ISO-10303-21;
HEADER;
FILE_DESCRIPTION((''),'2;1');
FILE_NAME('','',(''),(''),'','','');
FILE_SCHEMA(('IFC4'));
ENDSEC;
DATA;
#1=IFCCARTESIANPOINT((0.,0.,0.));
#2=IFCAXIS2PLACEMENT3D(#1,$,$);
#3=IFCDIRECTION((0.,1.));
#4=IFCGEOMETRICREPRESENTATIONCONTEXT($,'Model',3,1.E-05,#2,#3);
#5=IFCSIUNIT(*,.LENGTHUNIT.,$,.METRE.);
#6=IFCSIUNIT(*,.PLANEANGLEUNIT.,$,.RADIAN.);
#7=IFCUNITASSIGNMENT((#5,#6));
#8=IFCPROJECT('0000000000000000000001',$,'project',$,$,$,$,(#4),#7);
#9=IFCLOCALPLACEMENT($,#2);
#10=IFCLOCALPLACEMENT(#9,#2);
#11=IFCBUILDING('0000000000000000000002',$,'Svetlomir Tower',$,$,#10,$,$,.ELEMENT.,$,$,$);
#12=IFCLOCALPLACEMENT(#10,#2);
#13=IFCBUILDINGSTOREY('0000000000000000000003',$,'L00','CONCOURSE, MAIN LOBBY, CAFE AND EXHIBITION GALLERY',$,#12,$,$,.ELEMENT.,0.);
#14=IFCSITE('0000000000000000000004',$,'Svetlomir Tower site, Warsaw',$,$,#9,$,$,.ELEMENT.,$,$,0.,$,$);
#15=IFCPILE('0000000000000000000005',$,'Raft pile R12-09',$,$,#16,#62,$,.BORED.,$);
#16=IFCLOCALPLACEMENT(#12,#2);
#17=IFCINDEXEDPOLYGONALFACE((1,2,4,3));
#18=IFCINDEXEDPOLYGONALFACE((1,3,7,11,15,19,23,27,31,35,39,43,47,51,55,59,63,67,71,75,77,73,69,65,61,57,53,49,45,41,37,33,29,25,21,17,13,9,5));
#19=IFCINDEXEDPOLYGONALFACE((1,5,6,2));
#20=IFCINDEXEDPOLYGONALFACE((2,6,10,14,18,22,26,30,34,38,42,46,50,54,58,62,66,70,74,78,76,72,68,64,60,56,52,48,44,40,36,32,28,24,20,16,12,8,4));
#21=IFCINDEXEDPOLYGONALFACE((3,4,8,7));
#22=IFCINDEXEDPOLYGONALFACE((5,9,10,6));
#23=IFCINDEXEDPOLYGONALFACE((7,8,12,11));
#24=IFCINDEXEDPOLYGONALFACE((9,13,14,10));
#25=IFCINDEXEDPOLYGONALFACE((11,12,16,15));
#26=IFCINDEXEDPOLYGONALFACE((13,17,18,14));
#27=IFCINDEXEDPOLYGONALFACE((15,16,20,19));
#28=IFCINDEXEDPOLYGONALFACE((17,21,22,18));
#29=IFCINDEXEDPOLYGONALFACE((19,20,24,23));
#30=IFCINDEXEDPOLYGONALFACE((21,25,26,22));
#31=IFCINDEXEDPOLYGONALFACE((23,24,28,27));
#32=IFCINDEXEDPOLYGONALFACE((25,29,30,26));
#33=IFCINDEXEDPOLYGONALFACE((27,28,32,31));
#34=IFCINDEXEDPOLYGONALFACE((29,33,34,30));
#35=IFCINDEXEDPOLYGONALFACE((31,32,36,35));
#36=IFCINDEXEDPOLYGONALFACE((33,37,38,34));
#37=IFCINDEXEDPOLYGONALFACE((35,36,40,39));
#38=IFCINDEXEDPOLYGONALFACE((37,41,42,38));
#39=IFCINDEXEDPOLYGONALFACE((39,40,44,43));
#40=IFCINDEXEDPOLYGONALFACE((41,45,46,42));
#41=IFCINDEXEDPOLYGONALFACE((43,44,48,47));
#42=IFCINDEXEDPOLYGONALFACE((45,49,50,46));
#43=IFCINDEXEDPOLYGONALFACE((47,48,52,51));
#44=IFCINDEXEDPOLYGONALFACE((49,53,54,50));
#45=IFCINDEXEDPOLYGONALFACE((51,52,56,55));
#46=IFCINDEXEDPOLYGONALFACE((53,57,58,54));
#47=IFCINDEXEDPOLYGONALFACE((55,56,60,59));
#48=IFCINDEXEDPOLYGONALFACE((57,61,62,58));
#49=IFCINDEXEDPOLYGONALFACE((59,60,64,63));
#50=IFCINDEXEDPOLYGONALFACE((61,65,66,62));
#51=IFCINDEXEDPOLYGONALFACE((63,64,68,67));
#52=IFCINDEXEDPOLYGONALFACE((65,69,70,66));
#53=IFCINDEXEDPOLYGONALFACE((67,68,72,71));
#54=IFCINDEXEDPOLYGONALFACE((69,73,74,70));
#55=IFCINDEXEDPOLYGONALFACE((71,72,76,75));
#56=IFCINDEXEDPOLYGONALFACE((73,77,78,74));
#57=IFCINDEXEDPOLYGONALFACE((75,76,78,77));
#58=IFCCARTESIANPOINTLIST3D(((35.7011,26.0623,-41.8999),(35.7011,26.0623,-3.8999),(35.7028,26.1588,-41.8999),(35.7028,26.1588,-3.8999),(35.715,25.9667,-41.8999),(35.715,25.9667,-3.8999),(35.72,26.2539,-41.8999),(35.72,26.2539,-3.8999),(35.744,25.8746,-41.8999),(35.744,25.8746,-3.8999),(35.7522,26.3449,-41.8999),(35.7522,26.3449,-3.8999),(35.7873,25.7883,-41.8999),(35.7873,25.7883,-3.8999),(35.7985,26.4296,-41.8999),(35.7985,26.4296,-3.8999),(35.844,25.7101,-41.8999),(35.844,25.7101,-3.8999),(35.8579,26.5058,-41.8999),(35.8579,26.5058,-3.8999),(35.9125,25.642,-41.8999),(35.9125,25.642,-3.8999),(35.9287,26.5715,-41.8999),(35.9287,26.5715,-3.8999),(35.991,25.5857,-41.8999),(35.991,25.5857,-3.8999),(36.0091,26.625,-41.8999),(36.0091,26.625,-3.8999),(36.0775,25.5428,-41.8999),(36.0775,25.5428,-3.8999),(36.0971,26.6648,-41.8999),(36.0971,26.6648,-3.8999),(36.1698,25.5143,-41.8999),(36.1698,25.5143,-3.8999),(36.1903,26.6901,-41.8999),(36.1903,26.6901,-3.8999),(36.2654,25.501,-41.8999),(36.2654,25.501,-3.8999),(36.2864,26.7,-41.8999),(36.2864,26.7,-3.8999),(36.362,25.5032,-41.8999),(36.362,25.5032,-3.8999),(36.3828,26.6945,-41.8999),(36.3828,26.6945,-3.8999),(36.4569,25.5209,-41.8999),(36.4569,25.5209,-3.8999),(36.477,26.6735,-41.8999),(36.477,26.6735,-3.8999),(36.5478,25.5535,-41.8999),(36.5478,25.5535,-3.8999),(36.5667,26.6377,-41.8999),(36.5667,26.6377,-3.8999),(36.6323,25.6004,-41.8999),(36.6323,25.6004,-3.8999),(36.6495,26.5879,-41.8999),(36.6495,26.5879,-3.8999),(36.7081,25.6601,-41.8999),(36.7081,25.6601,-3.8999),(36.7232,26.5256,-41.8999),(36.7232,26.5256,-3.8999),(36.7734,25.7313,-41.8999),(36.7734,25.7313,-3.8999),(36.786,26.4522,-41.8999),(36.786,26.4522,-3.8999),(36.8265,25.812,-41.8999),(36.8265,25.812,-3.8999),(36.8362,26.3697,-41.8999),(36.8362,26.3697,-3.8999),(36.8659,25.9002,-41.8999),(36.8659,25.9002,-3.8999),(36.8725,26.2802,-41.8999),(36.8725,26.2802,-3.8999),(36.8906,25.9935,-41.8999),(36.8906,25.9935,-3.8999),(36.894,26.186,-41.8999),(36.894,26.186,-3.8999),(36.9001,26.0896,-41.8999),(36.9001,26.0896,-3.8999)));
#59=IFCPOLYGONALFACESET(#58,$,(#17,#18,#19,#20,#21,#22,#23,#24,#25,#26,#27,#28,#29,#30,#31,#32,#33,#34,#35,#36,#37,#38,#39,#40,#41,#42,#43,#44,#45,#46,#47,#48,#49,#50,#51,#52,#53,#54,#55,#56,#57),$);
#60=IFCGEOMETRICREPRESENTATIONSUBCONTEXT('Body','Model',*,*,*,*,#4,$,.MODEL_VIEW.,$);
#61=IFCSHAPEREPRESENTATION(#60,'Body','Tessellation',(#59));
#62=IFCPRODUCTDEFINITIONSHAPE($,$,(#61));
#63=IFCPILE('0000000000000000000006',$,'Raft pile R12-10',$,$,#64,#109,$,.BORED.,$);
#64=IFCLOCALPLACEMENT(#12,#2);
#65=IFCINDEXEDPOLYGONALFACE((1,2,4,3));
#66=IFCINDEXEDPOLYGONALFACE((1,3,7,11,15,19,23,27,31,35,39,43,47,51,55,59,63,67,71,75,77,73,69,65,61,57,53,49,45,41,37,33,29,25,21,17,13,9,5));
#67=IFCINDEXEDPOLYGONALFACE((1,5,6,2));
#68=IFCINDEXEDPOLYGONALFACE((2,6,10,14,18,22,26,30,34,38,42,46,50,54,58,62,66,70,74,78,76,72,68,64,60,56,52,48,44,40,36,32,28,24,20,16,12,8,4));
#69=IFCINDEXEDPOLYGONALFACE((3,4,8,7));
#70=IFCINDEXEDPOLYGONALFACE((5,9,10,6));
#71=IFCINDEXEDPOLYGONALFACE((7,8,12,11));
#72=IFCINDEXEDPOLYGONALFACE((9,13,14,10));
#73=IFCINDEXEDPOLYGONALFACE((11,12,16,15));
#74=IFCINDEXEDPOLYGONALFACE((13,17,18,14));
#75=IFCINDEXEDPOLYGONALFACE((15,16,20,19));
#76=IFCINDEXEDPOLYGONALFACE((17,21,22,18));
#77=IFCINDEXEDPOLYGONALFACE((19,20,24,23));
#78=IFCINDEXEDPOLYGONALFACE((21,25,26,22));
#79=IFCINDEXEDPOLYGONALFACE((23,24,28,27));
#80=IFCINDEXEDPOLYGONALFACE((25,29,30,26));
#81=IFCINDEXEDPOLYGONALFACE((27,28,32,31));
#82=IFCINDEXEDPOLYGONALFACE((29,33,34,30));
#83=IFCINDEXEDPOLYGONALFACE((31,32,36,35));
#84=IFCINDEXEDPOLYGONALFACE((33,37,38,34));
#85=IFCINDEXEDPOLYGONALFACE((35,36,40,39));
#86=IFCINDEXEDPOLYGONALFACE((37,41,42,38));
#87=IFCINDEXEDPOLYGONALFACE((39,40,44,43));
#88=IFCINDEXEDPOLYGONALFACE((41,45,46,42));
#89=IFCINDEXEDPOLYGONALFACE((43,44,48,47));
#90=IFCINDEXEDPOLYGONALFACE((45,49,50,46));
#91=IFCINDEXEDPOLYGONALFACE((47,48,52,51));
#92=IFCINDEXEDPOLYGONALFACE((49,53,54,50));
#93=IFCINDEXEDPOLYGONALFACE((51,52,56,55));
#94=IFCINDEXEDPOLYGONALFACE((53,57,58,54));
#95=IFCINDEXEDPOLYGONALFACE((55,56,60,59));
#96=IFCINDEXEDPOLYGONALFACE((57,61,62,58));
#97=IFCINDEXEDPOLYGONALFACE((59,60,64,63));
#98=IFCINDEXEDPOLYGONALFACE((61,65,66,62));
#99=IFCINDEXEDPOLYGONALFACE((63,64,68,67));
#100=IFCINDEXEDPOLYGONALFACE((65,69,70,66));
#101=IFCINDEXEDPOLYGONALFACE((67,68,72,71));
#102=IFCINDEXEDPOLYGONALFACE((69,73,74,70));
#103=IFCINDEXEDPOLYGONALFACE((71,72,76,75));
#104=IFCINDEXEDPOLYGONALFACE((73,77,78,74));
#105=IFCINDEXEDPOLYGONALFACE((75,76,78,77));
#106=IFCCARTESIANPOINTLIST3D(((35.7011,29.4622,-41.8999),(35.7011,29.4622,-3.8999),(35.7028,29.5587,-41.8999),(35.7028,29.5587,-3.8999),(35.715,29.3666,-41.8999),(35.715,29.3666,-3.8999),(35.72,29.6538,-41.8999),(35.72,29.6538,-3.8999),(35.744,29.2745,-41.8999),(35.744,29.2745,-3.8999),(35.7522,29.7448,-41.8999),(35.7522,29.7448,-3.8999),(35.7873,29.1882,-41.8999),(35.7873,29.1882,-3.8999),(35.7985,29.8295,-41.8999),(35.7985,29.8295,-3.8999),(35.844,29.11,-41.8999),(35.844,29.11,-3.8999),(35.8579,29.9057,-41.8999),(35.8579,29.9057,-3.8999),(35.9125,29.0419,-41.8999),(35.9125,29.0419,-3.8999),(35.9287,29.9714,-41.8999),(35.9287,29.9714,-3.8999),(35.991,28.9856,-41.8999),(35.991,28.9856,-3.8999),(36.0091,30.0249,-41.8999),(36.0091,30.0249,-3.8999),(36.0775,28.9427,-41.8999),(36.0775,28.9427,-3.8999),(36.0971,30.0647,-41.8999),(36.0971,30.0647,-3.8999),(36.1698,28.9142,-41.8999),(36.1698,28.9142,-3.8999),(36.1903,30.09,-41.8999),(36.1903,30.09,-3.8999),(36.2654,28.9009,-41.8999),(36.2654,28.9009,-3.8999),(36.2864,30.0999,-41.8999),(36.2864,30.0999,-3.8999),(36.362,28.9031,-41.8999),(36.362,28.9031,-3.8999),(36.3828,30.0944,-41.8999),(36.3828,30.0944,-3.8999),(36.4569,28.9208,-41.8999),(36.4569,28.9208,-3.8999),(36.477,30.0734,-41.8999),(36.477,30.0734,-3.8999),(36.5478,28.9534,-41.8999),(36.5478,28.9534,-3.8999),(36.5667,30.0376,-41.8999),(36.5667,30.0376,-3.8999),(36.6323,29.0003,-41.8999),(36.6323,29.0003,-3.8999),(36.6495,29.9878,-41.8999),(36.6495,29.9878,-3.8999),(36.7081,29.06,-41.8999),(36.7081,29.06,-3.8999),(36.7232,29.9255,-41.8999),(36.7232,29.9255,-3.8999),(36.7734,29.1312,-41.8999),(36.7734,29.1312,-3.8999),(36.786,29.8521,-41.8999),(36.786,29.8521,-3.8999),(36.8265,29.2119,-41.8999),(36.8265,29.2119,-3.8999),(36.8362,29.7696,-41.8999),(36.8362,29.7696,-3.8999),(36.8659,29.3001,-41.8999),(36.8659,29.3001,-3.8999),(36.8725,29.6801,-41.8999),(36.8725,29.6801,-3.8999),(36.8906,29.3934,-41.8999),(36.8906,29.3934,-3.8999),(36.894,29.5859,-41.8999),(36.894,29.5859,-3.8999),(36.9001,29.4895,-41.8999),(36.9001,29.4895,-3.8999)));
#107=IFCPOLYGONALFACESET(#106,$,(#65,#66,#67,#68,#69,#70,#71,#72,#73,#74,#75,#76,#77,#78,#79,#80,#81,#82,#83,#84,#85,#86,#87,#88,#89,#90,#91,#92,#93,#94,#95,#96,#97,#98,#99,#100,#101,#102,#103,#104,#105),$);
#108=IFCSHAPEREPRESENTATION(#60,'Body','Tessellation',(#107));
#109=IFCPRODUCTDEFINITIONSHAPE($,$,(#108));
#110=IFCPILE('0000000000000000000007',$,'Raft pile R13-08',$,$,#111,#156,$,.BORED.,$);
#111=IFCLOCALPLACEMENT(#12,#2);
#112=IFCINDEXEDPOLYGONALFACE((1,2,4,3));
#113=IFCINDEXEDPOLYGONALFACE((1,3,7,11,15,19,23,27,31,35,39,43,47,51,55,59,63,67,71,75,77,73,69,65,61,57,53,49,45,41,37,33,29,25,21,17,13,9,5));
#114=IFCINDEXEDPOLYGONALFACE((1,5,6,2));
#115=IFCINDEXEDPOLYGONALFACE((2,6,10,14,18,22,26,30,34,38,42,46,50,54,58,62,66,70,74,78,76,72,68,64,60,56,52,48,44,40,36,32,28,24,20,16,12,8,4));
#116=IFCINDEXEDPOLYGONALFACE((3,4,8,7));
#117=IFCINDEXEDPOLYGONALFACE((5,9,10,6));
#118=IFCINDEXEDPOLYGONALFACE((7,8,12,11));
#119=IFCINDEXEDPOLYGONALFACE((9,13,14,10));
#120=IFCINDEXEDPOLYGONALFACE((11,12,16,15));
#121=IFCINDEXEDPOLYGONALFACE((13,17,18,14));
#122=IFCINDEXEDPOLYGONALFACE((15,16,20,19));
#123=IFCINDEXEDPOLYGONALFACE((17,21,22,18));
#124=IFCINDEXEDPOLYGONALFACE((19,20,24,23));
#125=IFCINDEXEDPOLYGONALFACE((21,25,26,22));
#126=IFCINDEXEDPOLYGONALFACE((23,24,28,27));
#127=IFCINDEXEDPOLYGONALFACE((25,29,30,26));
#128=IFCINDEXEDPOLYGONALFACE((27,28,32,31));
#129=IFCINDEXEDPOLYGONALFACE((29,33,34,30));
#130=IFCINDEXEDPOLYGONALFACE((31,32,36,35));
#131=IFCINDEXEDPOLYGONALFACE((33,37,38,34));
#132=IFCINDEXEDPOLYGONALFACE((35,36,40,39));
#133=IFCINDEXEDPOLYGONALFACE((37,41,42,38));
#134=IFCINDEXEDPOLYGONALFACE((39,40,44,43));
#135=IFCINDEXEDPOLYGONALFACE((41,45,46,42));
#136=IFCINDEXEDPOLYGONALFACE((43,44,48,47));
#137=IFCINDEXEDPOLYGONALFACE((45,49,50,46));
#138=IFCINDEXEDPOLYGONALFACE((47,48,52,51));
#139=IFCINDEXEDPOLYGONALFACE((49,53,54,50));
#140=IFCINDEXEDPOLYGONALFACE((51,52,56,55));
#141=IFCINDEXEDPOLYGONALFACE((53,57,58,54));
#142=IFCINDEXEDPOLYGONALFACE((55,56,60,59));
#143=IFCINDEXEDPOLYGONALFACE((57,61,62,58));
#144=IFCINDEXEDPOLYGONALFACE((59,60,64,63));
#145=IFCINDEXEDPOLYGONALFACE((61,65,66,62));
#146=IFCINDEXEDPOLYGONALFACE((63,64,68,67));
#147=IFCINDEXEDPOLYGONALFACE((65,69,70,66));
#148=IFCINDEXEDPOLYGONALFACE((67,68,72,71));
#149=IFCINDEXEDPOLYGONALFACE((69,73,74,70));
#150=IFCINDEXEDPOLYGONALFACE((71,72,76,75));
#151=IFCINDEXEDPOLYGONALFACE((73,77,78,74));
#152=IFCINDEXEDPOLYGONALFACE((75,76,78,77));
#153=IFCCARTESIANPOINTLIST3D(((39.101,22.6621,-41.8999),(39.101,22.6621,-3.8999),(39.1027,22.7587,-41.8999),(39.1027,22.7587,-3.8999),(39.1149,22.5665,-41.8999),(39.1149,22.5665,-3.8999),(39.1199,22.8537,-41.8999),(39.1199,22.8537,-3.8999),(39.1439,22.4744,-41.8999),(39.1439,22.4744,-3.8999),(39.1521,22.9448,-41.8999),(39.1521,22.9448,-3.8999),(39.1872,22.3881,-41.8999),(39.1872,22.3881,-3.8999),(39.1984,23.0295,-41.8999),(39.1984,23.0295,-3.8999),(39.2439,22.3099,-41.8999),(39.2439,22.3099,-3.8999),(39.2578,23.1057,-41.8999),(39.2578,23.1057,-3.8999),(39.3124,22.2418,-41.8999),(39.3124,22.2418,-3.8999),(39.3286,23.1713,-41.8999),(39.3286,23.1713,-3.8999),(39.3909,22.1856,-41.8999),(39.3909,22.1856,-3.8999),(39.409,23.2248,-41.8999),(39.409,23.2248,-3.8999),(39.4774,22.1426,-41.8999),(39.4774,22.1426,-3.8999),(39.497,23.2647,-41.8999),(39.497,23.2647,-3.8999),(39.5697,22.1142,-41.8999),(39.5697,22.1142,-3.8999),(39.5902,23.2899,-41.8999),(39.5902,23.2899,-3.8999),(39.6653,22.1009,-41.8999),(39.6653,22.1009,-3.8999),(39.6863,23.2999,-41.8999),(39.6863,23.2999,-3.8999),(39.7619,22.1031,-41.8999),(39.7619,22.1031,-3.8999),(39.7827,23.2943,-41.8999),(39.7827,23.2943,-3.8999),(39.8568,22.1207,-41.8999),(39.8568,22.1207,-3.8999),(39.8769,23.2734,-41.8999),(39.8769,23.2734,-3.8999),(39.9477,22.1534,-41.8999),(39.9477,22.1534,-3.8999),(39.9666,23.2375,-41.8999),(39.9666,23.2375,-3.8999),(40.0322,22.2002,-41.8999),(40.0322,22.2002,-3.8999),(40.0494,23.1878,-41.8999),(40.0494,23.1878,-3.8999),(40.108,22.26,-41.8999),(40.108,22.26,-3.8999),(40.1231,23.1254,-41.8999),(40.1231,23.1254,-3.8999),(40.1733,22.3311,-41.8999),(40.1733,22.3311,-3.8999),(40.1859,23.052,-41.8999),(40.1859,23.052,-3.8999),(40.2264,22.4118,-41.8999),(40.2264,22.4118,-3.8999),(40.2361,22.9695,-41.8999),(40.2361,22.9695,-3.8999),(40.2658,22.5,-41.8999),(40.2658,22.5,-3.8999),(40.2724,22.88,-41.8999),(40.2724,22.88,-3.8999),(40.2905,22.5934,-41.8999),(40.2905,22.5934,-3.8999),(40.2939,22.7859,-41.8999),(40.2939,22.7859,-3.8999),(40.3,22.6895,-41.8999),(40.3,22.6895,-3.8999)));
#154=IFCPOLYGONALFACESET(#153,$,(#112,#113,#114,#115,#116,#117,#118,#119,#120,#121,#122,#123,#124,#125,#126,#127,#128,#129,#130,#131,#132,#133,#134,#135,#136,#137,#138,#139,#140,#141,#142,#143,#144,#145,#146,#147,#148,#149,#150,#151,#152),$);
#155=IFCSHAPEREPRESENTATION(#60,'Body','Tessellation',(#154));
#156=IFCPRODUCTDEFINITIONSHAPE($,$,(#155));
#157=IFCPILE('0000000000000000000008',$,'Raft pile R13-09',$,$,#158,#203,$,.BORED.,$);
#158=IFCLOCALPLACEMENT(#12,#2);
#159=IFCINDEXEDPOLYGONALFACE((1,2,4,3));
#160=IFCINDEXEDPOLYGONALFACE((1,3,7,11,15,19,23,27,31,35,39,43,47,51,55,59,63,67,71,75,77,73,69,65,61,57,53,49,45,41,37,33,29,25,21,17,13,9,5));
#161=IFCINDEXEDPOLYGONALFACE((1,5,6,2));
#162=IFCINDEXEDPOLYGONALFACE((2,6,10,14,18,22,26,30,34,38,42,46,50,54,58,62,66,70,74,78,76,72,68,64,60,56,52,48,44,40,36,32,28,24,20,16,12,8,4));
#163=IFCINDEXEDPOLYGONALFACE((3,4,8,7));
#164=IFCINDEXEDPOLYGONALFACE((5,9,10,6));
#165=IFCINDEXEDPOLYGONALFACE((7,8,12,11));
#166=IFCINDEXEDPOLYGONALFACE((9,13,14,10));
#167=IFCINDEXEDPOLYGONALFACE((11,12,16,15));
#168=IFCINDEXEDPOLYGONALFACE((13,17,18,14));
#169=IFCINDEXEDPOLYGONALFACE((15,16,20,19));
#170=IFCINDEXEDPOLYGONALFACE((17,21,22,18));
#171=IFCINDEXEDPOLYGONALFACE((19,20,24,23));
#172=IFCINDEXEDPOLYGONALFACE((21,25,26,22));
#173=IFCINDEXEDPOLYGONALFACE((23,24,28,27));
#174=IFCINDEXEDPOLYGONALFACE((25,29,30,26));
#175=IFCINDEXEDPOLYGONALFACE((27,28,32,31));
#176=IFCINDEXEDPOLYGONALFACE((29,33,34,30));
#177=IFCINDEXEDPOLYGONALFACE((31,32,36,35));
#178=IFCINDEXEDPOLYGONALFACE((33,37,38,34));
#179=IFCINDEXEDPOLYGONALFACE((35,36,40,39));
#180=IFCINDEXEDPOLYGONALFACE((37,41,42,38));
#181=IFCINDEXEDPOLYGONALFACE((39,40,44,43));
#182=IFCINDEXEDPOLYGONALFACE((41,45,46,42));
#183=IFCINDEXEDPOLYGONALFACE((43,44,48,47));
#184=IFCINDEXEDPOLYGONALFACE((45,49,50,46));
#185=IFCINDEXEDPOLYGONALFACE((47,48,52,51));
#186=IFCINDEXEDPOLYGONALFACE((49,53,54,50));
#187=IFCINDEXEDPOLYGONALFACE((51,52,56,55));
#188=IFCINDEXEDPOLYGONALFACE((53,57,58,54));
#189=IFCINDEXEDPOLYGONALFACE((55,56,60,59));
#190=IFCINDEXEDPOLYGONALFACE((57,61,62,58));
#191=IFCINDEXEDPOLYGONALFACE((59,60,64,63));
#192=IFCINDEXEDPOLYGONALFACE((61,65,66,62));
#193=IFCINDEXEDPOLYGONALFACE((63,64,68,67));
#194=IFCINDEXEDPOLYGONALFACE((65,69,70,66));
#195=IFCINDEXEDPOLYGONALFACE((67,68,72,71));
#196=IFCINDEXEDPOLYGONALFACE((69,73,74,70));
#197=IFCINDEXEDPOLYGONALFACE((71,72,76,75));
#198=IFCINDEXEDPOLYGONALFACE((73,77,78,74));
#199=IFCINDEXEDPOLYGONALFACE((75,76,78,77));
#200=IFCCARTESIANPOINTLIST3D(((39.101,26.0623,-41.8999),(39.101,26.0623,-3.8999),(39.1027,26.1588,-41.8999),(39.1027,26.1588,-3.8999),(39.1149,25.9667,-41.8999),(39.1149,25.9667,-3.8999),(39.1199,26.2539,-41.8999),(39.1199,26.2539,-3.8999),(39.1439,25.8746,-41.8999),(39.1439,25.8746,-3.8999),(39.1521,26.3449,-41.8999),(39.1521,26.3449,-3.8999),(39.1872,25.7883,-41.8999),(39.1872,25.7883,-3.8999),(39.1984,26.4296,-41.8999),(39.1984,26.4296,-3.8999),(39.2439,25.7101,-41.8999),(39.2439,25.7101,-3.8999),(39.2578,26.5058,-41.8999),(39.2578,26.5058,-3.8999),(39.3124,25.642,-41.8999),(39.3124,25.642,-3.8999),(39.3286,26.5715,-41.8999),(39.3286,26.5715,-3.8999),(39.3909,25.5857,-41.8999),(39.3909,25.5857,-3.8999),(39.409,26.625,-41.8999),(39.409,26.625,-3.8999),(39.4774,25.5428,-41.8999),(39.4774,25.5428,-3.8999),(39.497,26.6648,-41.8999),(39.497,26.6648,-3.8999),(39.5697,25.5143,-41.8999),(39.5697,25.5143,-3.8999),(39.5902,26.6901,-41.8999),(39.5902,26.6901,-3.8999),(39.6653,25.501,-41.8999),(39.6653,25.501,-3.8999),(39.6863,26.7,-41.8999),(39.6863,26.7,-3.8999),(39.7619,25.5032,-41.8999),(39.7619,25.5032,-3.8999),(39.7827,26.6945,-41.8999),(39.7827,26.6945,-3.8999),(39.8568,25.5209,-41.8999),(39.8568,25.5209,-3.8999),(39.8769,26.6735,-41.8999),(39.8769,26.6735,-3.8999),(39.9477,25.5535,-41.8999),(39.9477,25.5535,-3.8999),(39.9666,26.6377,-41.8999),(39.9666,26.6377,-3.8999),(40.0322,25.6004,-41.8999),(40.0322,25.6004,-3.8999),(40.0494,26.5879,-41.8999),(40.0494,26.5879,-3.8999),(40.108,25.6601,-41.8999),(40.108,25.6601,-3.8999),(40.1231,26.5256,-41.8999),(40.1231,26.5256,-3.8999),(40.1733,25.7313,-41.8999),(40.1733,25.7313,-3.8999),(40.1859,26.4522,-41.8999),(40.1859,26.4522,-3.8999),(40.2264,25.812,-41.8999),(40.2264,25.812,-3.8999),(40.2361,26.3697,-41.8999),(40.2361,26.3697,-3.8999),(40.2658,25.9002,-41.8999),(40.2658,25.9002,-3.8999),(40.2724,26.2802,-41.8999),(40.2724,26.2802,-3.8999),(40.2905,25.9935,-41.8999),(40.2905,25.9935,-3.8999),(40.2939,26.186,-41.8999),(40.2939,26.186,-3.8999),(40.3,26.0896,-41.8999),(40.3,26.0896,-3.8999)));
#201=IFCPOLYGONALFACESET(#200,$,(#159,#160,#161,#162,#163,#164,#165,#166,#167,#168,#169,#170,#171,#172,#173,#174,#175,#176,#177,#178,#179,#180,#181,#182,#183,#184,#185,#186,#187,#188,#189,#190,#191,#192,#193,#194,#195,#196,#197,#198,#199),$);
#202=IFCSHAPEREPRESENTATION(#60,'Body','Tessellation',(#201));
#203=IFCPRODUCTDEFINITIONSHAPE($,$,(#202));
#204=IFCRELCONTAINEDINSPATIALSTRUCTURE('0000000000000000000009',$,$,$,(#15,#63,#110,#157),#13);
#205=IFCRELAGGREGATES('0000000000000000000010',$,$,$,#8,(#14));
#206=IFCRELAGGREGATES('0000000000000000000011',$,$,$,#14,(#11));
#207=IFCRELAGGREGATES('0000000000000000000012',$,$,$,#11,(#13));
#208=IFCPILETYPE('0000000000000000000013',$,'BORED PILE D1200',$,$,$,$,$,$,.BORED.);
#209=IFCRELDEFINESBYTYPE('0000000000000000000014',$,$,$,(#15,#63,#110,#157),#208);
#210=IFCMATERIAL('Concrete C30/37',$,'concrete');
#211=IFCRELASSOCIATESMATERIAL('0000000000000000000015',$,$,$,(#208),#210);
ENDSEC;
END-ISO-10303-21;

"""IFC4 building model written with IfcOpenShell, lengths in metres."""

from ifc_helpers import new_model, si_unit, direction, frame, frame_2d, origin, origin_2d, place, context, subcontext, project, spatial, circle, extrude, material, material_profile, profile_set, type_object, element, save


model = new_model("IFC4")

# Units and contexts
model_context = context("Model", 3, precision=1e-05, world=origin(), true_north=direction((0.0, 1.0)))
body_context = subcontext(model_context, "Body", "Model", "MODEL_VIEW")
ifc_project = project(units=[si_unit("LENGTHUNIT", "METRE"), si_unit("PLANEANGLEUNIT", "RADIAN")], contexts=[model_context])

# Site, building, storey
site_placement = place(None, origin())
site = spatial("IfcSite", under=ifc_project, at=site_placement, Name="Svetlomir Tower site, Warsaw", CompositionType="ELEMENT", RefElevation=0.0)
building_placement = place(site_placement, origin())
building = spatial("IfcBuilding", under=site, at=building_placement, Name="Svetlomir Tower", CompositionType="ELEMENT")
storey_placement = place(building_placement, origin())
storey = spatial("IfcBuildingStorey", under=building, at=storey_placement, Name="L00", Description="CONCOURSE, MAIN LOBBY, CAFE AND EXHIBITION GALLERY", CompositionType="ELEMENT", Elevation=0.0)

# Piles
ifc_material_1 = material(Name="Concrete C30/37", Category="concrete")
ifc_material_profile_1 = material_profile(ifc_material_1, circle(Radius=0.6001, at=origin_2d()), Name="D1200")
ifc_profile_set_1 = profile_set([ifc_material_profile_1], Name="Concrete C30/37")
pile_type = type_object("IfcPileType", Name="BORED PILE D1200", PredefinedType="BORED", material=ifc_profile_set_1)
for number, where, z_axis, x_axis, name in (
    (1, (36.3, 26.1001, -3.8999), (0.0, 0.0, -1.0), (1.0, 0.0, 0.0), "Raft pile R12-09"),
    (2, (36.3, 29.5, -3.8999), (0.0, 0.0, -1.0), (1.0, 0.0, 0.0), "Raft pile R12-10"),
    (3, (39.7, 22.7, -3.8999), (0.0, 0.0, -1.0), (1.0, 0.0, 0.0), "Raft pile R13-08"),
    (4, (39.7, 26.1001, -3.8999), (0.0, 0.0, -1.0), (1.0, 0.0, 0.0), "Raft pile R13-09"),
):
    element("IfcPile", number, at=place(storey_placement, frame(where, z_axis=z_axis, x_axis=x_axis)), inside=storey, type_object=pile_type, Name=name, PredefinedType="BORED", context=body_context, shape_type="SweptSolid", body=[
        extrude(circle(Radius=0.6001, at=frame_2d((0.0, 0.0), x_axis=(0.999848, 0.017452))), origin(), (0.0, 0.0, 1.0), 38.0),
    ])

save(model, "model.ifc")
